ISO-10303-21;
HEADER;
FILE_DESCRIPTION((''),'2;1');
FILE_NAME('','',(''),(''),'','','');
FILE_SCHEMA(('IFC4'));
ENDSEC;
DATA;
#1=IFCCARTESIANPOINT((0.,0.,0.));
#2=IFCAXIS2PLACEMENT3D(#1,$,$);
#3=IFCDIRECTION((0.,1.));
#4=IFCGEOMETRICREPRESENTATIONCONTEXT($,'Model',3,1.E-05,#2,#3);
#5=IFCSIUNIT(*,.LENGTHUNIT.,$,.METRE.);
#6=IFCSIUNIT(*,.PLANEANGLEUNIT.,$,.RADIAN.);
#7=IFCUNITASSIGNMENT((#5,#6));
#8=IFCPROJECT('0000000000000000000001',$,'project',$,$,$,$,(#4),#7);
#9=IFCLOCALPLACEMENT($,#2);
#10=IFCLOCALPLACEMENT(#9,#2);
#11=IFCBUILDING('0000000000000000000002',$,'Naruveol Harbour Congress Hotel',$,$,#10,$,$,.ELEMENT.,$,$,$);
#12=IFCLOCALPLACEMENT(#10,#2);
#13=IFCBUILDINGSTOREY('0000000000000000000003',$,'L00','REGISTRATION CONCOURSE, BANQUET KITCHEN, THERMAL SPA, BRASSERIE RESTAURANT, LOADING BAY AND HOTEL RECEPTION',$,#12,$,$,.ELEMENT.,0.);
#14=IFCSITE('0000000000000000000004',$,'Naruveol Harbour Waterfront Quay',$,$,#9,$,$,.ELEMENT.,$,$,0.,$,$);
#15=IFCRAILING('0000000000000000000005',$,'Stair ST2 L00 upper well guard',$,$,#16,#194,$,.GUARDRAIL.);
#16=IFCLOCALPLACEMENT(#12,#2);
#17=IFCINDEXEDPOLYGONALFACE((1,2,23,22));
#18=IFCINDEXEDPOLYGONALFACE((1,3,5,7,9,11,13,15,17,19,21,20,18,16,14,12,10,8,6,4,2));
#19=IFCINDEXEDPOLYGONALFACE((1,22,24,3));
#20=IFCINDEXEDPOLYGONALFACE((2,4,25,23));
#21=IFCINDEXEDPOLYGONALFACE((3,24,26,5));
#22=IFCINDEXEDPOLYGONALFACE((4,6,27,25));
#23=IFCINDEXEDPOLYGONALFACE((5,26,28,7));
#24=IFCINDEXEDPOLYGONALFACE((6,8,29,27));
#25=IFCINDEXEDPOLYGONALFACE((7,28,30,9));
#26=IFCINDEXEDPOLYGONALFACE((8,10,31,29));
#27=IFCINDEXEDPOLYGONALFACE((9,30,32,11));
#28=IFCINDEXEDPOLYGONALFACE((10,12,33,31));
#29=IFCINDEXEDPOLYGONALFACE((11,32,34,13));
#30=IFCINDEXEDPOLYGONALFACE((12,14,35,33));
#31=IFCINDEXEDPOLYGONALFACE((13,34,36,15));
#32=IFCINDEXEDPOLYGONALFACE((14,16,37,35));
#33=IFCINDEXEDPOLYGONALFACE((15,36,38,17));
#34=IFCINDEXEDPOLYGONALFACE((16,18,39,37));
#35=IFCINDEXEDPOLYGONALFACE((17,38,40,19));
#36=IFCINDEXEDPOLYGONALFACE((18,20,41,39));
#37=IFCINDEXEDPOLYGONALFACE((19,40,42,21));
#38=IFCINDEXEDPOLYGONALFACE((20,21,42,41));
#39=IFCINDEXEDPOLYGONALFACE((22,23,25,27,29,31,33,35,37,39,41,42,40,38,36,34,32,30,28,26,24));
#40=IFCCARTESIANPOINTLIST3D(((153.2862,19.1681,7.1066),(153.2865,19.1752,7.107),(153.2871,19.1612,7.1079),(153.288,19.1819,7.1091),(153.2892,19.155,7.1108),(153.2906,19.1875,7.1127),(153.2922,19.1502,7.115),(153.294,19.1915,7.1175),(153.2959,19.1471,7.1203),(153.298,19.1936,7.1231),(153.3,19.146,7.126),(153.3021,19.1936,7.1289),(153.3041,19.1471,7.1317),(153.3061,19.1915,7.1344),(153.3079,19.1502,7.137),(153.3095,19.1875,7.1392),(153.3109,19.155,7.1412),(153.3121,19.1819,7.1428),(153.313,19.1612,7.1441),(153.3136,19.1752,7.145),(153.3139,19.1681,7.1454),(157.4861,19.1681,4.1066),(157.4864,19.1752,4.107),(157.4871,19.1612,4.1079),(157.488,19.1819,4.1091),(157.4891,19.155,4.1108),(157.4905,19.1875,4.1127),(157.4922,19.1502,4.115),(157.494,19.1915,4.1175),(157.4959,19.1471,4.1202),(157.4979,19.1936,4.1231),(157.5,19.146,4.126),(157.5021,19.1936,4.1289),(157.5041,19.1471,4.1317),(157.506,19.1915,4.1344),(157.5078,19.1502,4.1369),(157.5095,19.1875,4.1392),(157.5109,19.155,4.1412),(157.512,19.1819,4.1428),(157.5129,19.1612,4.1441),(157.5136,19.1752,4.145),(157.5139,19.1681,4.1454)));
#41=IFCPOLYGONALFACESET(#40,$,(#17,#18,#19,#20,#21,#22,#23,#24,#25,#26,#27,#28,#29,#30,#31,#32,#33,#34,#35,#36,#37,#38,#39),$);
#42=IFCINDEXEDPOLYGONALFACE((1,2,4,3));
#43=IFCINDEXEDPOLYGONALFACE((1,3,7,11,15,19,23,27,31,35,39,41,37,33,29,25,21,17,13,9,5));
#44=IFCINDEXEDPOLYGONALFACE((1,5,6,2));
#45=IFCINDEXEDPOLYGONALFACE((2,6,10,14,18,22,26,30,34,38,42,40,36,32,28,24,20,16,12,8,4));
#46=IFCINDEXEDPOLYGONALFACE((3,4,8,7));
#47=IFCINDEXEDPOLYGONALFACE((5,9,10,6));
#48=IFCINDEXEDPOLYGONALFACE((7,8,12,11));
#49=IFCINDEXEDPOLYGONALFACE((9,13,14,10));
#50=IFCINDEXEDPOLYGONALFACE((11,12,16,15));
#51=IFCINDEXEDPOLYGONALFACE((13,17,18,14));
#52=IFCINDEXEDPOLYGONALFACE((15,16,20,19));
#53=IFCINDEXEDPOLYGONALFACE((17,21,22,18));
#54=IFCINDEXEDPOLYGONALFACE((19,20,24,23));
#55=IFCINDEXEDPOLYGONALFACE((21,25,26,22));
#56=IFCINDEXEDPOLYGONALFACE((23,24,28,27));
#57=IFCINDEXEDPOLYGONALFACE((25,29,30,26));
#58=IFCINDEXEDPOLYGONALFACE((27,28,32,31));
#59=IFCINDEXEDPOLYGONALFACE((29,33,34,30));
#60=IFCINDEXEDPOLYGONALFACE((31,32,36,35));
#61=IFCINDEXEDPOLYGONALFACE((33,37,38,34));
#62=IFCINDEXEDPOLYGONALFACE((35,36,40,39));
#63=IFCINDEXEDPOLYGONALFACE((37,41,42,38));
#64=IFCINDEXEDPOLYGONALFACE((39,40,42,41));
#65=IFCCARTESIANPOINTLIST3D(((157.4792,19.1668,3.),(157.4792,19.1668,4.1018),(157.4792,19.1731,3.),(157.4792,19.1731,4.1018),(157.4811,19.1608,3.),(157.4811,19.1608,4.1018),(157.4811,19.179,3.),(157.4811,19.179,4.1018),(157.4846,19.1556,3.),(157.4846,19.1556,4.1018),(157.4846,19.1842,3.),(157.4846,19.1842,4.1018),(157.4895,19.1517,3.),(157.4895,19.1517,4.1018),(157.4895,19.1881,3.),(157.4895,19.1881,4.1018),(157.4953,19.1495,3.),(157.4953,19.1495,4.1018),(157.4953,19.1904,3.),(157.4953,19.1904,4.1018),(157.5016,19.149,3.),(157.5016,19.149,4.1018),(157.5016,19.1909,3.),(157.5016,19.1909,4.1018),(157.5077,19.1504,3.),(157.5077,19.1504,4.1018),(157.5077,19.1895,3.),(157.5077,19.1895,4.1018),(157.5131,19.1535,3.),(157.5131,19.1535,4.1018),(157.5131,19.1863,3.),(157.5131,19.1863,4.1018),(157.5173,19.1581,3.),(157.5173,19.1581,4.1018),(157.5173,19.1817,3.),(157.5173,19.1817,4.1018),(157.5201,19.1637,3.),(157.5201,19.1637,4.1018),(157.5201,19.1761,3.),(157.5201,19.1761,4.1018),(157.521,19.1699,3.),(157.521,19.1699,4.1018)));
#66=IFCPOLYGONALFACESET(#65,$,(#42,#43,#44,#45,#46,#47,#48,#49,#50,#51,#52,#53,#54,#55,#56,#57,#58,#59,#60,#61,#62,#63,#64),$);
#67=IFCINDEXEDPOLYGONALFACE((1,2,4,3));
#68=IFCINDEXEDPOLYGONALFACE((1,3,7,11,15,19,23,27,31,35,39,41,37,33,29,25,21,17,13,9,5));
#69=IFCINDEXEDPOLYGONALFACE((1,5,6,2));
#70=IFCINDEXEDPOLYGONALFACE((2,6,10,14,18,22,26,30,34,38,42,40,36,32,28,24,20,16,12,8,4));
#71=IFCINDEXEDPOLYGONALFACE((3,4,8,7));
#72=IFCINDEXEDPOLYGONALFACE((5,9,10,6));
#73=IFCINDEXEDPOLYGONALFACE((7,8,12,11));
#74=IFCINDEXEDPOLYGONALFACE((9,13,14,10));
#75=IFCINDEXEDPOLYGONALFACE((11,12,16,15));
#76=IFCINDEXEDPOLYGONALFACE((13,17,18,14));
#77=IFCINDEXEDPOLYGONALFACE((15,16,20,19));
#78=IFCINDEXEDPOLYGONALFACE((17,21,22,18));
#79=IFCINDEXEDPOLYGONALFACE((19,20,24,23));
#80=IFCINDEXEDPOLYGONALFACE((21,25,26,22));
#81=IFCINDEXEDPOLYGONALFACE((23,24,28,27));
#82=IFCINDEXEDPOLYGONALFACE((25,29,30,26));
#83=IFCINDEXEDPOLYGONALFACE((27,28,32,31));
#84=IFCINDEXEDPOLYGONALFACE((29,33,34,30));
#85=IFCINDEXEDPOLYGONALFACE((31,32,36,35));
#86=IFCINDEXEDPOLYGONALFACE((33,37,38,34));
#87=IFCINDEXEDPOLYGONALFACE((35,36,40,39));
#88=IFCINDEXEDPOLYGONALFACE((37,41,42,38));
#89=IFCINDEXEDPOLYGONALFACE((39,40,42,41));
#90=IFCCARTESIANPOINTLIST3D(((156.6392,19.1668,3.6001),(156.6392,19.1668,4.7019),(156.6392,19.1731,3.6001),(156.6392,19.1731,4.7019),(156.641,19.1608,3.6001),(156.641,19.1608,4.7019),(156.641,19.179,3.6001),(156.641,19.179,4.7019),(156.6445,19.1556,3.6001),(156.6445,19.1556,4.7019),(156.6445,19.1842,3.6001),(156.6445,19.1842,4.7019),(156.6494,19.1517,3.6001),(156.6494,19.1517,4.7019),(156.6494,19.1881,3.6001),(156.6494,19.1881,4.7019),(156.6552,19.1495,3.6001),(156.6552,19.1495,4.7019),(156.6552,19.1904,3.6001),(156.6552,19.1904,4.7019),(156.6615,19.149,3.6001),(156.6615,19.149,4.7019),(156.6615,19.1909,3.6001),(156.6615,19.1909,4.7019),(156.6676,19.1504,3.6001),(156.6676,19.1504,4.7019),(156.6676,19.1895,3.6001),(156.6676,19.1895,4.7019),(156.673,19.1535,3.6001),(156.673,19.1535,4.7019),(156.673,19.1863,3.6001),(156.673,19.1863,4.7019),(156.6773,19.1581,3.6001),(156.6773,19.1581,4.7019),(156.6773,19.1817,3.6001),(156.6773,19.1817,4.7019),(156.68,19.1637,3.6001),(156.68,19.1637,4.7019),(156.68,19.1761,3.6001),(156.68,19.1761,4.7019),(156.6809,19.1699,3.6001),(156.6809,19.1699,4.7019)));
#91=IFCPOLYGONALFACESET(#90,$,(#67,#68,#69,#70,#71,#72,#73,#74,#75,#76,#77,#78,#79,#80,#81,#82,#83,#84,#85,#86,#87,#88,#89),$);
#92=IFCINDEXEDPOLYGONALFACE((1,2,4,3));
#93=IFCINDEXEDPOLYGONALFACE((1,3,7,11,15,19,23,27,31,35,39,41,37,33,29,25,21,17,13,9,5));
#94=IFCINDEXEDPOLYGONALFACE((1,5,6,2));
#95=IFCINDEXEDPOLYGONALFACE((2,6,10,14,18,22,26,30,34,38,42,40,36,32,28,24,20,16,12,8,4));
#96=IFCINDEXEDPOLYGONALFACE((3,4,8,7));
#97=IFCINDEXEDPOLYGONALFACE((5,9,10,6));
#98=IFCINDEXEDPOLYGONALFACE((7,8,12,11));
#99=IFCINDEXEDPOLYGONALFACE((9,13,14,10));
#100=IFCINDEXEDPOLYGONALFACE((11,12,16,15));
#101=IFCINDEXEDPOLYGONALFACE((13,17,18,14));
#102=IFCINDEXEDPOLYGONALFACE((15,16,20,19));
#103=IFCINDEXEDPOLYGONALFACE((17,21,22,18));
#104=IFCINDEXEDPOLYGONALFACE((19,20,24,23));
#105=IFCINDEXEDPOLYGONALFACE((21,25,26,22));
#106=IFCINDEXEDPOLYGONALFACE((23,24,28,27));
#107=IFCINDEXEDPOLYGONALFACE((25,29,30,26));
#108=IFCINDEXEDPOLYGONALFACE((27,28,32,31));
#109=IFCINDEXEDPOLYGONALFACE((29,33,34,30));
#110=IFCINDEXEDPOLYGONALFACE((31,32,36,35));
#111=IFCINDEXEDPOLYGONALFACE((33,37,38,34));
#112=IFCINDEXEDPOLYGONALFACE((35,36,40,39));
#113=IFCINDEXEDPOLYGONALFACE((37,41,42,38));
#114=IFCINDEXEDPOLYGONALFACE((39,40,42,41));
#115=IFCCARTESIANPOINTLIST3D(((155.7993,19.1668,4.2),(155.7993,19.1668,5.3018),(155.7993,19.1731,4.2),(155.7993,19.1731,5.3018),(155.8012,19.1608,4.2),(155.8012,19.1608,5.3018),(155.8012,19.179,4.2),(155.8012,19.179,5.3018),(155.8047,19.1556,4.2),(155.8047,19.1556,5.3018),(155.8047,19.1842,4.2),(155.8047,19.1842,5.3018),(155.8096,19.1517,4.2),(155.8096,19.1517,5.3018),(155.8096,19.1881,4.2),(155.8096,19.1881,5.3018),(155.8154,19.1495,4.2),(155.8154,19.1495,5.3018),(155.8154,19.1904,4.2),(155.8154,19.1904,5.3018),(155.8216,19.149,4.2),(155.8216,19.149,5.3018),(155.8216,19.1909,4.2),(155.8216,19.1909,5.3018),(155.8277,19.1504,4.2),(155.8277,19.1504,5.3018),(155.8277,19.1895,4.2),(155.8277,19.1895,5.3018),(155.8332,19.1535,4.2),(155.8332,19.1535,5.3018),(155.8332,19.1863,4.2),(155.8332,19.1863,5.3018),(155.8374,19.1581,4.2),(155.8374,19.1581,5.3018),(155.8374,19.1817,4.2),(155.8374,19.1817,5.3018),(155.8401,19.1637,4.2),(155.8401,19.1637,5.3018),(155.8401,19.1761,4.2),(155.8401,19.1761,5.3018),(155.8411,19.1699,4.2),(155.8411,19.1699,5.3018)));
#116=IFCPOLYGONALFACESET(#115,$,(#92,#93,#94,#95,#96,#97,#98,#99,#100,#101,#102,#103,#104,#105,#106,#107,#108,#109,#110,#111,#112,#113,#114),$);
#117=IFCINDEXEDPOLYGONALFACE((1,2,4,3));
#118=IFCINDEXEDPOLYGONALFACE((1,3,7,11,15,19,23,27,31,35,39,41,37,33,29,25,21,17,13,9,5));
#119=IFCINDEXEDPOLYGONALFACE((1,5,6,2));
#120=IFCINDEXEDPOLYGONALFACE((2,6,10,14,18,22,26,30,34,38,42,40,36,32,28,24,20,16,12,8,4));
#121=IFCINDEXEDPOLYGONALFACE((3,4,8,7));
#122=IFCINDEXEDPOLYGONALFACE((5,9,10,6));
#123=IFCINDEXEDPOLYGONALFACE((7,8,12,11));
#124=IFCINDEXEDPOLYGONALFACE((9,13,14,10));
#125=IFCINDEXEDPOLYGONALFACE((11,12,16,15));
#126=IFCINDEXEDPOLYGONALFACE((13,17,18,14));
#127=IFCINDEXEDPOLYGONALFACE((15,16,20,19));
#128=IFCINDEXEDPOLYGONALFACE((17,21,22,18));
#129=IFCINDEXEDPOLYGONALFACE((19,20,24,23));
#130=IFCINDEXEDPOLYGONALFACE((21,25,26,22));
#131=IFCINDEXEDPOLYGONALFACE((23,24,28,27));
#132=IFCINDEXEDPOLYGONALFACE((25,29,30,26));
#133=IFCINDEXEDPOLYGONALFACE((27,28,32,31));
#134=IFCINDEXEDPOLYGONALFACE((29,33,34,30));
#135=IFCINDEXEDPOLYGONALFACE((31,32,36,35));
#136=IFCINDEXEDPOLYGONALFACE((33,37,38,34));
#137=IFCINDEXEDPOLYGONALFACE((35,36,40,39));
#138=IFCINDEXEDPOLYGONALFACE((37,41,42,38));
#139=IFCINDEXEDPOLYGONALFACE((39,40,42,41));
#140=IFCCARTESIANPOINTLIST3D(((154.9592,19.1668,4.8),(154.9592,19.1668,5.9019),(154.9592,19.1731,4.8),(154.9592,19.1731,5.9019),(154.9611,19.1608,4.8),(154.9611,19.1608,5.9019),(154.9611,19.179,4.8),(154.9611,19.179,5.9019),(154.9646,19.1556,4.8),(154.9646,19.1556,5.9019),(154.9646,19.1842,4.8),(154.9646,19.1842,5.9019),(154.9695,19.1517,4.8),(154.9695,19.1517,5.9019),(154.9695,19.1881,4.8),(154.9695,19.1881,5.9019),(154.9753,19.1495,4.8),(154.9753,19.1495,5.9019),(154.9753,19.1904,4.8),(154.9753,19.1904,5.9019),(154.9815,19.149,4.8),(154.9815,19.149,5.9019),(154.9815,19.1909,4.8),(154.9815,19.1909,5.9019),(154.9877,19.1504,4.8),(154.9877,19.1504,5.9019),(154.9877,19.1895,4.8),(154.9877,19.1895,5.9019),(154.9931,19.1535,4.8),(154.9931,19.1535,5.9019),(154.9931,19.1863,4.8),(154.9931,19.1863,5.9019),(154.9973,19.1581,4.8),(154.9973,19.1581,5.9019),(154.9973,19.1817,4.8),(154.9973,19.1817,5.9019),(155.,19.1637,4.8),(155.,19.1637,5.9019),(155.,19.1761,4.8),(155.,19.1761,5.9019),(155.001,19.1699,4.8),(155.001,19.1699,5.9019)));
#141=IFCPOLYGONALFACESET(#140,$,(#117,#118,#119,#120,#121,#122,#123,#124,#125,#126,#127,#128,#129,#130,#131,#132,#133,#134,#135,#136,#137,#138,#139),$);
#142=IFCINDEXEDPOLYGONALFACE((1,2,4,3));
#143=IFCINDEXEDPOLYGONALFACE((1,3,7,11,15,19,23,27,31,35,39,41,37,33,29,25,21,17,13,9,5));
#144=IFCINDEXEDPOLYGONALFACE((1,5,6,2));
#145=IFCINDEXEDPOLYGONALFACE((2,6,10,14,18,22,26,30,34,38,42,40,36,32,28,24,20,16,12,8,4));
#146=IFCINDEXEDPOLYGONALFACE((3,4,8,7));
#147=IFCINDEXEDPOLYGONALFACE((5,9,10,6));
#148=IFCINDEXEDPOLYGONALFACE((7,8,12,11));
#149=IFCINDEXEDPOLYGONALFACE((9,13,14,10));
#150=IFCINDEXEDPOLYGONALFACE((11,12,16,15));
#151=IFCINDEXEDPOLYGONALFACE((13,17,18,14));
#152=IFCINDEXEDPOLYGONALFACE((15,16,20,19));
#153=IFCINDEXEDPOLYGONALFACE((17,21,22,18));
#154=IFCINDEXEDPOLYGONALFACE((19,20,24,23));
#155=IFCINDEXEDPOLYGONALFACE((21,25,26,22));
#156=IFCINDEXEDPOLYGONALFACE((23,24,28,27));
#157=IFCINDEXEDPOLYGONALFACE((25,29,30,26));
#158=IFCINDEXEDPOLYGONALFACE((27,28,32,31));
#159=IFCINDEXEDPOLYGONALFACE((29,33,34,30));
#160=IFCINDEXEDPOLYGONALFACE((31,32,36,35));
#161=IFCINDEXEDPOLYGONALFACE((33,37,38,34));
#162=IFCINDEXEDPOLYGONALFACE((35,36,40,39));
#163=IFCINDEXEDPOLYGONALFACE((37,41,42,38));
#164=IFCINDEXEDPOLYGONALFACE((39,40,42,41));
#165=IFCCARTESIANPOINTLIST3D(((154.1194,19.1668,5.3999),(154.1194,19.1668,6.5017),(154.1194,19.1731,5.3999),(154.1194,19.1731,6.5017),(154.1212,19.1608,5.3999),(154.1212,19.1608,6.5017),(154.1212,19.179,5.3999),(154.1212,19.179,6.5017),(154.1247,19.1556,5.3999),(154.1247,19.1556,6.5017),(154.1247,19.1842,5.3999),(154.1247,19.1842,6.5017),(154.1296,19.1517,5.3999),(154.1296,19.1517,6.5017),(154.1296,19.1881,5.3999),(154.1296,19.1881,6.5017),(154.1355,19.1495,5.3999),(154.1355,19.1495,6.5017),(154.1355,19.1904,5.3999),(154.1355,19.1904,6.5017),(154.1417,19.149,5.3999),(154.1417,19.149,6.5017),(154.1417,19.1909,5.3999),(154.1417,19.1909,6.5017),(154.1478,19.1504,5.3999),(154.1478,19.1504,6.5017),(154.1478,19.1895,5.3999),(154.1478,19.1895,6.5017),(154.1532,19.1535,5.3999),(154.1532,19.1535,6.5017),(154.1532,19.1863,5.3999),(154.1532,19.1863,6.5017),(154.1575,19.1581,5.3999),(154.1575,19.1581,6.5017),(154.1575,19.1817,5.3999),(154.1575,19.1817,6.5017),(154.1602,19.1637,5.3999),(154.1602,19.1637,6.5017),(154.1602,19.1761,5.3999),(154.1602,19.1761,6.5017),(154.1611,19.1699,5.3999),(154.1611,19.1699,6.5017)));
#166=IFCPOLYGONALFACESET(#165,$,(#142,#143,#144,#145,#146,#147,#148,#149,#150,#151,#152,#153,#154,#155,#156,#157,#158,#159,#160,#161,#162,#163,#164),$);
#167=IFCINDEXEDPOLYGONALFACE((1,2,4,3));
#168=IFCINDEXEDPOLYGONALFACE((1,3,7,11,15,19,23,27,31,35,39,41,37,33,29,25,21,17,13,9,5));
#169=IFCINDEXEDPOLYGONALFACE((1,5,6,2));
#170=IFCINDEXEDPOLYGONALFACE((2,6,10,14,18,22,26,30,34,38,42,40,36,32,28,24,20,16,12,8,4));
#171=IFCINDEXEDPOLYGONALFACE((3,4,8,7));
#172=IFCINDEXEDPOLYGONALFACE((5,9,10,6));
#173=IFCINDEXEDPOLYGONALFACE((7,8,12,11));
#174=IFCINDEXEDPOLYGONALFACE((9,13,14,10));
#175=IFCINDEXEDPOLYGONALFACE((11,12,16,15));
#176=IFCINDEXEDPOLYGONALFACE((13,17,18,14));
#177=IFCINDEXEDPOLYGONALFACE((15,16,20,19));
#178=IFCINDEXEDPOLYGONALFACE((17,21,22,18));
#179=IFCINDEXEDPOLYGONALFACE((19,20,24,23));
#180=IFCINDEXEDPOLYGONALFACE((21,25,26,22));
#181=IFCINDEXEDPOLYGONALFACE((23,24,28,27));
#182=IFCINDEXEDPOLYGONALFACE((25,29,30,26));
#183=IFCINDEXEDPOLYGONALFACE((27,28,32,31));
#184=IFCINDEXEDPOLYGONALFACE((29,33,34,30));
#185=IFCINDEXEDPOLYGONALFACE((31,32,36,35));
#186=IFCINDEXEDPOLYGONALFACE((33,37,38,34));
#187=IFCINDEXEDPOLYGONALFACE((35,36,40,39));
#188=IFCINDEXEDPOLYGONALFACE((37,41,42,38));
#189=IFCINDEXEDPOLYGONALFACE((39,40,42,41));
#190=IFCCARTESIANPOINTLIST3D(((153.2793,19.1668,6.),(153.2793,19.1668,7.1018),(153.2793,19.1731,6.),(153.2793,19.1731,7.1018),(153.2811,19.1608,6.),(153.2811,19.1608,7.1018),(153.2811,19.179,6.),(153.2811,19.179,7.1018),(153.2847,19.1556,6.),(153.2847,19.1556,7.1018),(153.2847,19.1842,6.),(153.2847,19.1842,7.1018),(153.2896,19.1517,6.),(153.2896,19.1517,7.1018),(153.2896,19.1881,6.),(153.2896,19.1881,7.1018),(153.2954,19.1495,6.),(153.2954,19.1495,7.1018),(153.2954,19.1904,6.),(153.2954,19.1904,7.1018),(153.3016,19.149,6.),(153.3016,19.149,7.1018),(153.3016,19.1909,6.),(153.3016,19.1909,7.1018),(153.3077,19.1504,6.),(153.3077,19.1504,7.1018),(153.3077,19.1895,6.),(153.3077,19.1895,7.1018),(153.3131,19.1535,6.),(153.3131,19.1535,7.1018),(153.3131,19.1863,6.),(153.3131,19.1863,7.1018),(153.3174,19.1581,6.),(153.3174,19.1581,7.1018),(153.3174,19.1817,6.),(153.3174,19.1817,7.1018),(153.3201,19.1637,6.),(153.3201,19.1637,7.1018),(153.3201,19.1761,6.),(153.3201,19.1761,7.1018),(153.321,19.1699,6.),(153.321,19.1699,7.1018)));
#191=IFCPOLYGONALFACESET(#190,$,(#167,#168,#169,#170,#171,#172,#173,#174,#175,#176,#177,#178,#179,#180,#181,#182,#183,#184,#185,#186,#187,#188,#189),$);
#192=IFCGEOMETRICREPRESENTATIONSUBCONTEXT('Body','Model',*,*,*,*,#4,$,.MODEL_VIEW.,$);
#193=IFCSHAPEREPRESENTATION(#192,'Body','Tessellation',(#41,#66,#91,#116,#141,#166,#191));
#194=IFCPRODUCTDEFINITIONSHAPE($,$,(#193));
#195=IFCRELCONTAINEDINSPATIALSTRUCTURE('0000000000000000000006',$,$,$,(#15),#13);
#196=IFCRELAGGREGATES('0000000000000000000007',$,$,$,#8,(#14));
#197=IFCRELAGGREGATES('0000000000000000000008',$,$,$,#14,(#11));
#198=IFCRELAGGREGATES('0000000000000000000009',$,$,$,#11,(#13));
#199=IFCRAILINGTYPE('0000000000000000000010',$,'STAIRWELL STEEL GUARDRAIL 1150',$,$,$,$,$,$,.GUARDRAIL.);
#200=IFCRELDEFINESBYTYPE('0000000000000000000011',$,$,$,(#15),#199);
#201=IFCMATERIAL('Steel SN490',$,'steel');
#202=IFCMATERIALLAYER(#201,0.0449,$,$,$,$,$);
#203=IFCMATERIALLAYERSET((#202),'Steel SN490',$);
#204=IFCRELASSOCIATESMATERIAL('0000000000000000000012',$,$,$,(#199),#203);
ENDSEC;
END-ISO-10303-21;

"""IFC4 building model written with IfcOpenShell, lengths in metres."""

from ifc_helpers import new_model, si_unit, direction, frame, origin, origin_2d, place, context, subcontext, project, spatial, circle, extrude, material, layer, layer_set, type_object, element, save


model = new_model("IFC4")

# Units and contexts
model_context = context("Model", 3, precision=1e-05, world=origin(), true_north=direction((0.0, 1.0)))
body_context = subcontext(model_context, "Body", "Model", "MODEL_VIEW")
ifc_project = project(units=[si_unit("LENGTHUNIT", "METRE"), si_unit("PLANEANGLEUNIT", "RADIAN")], contexts=[model_context])

# Site, building, storey
site_placement = place(None, origin())
site = spatial("IfcSite", under=ifc_project, at=site_placement, Name="Naruveol Harbour Waterfront Quay", CompositionType="ELEMENT", RefElevation=0.0)
building_placement = place(site_placement, origin())
building = spatial("IfcBuilding", under=site, at=building_placement, Name="Naruveol Harbour Congress Hotel", CompositionType="ELEMENT")
storey_placement = place(building_placement, origin())
storey = spatial("IfcBuildingStorey", under=building, at=storey_placement, Name="L00", Description="REGISTRATION CONCOURSE, BANQUET KITCHEN, THERMAL SPA, BRASSERIE RESTAURANT, LOADING BAY AND HOTEL RECEPTION", CompositionType="ELEMENT", Elevation=0.0)

# Railing
ifc_material_1 = material(Name="Steel SN490", Category="steel")
ifc_layer_1 = layer(ifc_material_1, 0.0449)
ifc_layer_set_1 = layer_set([ifc_layer_1], Name="Steel SN490")
railing_type_1 = type_object("IfcRailingType", Name="STAIRWELL STEEL GUARDRAIL 1150", PredefinedType="GUARDRAIL", material=ifc_layer_set_1)
railing_1_placement = place(storey_placement, frame((157.5, 19.1699, 3.0)))
element("IfcRailing", 1, at=railing_1_placement, inside=storey, type_object=railing_type_1, Name="Stair ST2 L00 upper well guard", PredefinedType="GUARDRAIL", context=body_context, shape_type="SweptSolid", body=[
    extrude(circle(Radius=0.0239, at=origin_2d()), frame((0.0, 0.0, 1.126), z_axis=(-0.81373, 0.0, 0.581243), x_axis=(0.0, -1.0, 0.0)), (0.0, 0.0, 1.0), 5.1614),
    extrude(circle(Radius=0.021, at=origin_2d()), origin(), (0.0, 0.0, 1.0), 1.1018),
    extrude(circle(Radius=0.021, at=origin_2d()), frame((-0.8401, 0.0, 0.6001)), (0.0, 0.0, 1.0), 1.1018),
    extrude(circle(Radius=0.021, at=origin_2d()), frame((-1.6799, 0.0, 1.2)), (0.0, 0.0, 1.0), 1.1018),
    extrude(circle(Radius=0.021, at=origin_2d()), frame((-2.52, 0.0, 1.8)), (0.0, 0.0, 1.0), 1.1018),
    extrude(circle(Radius=0.021, at=origin_2d()), frame((-3.3599, 0.0, 2.3999)), (0.0, 0.0, 1.0), 1.1018),
    extrude(circle(Radius=0.021, at=origin_2d()), frame((-4.2, 0.0, 3.0)), (0.0, 0.0, 1.0), 1.1018),
])

save(model, "model.ifc")
